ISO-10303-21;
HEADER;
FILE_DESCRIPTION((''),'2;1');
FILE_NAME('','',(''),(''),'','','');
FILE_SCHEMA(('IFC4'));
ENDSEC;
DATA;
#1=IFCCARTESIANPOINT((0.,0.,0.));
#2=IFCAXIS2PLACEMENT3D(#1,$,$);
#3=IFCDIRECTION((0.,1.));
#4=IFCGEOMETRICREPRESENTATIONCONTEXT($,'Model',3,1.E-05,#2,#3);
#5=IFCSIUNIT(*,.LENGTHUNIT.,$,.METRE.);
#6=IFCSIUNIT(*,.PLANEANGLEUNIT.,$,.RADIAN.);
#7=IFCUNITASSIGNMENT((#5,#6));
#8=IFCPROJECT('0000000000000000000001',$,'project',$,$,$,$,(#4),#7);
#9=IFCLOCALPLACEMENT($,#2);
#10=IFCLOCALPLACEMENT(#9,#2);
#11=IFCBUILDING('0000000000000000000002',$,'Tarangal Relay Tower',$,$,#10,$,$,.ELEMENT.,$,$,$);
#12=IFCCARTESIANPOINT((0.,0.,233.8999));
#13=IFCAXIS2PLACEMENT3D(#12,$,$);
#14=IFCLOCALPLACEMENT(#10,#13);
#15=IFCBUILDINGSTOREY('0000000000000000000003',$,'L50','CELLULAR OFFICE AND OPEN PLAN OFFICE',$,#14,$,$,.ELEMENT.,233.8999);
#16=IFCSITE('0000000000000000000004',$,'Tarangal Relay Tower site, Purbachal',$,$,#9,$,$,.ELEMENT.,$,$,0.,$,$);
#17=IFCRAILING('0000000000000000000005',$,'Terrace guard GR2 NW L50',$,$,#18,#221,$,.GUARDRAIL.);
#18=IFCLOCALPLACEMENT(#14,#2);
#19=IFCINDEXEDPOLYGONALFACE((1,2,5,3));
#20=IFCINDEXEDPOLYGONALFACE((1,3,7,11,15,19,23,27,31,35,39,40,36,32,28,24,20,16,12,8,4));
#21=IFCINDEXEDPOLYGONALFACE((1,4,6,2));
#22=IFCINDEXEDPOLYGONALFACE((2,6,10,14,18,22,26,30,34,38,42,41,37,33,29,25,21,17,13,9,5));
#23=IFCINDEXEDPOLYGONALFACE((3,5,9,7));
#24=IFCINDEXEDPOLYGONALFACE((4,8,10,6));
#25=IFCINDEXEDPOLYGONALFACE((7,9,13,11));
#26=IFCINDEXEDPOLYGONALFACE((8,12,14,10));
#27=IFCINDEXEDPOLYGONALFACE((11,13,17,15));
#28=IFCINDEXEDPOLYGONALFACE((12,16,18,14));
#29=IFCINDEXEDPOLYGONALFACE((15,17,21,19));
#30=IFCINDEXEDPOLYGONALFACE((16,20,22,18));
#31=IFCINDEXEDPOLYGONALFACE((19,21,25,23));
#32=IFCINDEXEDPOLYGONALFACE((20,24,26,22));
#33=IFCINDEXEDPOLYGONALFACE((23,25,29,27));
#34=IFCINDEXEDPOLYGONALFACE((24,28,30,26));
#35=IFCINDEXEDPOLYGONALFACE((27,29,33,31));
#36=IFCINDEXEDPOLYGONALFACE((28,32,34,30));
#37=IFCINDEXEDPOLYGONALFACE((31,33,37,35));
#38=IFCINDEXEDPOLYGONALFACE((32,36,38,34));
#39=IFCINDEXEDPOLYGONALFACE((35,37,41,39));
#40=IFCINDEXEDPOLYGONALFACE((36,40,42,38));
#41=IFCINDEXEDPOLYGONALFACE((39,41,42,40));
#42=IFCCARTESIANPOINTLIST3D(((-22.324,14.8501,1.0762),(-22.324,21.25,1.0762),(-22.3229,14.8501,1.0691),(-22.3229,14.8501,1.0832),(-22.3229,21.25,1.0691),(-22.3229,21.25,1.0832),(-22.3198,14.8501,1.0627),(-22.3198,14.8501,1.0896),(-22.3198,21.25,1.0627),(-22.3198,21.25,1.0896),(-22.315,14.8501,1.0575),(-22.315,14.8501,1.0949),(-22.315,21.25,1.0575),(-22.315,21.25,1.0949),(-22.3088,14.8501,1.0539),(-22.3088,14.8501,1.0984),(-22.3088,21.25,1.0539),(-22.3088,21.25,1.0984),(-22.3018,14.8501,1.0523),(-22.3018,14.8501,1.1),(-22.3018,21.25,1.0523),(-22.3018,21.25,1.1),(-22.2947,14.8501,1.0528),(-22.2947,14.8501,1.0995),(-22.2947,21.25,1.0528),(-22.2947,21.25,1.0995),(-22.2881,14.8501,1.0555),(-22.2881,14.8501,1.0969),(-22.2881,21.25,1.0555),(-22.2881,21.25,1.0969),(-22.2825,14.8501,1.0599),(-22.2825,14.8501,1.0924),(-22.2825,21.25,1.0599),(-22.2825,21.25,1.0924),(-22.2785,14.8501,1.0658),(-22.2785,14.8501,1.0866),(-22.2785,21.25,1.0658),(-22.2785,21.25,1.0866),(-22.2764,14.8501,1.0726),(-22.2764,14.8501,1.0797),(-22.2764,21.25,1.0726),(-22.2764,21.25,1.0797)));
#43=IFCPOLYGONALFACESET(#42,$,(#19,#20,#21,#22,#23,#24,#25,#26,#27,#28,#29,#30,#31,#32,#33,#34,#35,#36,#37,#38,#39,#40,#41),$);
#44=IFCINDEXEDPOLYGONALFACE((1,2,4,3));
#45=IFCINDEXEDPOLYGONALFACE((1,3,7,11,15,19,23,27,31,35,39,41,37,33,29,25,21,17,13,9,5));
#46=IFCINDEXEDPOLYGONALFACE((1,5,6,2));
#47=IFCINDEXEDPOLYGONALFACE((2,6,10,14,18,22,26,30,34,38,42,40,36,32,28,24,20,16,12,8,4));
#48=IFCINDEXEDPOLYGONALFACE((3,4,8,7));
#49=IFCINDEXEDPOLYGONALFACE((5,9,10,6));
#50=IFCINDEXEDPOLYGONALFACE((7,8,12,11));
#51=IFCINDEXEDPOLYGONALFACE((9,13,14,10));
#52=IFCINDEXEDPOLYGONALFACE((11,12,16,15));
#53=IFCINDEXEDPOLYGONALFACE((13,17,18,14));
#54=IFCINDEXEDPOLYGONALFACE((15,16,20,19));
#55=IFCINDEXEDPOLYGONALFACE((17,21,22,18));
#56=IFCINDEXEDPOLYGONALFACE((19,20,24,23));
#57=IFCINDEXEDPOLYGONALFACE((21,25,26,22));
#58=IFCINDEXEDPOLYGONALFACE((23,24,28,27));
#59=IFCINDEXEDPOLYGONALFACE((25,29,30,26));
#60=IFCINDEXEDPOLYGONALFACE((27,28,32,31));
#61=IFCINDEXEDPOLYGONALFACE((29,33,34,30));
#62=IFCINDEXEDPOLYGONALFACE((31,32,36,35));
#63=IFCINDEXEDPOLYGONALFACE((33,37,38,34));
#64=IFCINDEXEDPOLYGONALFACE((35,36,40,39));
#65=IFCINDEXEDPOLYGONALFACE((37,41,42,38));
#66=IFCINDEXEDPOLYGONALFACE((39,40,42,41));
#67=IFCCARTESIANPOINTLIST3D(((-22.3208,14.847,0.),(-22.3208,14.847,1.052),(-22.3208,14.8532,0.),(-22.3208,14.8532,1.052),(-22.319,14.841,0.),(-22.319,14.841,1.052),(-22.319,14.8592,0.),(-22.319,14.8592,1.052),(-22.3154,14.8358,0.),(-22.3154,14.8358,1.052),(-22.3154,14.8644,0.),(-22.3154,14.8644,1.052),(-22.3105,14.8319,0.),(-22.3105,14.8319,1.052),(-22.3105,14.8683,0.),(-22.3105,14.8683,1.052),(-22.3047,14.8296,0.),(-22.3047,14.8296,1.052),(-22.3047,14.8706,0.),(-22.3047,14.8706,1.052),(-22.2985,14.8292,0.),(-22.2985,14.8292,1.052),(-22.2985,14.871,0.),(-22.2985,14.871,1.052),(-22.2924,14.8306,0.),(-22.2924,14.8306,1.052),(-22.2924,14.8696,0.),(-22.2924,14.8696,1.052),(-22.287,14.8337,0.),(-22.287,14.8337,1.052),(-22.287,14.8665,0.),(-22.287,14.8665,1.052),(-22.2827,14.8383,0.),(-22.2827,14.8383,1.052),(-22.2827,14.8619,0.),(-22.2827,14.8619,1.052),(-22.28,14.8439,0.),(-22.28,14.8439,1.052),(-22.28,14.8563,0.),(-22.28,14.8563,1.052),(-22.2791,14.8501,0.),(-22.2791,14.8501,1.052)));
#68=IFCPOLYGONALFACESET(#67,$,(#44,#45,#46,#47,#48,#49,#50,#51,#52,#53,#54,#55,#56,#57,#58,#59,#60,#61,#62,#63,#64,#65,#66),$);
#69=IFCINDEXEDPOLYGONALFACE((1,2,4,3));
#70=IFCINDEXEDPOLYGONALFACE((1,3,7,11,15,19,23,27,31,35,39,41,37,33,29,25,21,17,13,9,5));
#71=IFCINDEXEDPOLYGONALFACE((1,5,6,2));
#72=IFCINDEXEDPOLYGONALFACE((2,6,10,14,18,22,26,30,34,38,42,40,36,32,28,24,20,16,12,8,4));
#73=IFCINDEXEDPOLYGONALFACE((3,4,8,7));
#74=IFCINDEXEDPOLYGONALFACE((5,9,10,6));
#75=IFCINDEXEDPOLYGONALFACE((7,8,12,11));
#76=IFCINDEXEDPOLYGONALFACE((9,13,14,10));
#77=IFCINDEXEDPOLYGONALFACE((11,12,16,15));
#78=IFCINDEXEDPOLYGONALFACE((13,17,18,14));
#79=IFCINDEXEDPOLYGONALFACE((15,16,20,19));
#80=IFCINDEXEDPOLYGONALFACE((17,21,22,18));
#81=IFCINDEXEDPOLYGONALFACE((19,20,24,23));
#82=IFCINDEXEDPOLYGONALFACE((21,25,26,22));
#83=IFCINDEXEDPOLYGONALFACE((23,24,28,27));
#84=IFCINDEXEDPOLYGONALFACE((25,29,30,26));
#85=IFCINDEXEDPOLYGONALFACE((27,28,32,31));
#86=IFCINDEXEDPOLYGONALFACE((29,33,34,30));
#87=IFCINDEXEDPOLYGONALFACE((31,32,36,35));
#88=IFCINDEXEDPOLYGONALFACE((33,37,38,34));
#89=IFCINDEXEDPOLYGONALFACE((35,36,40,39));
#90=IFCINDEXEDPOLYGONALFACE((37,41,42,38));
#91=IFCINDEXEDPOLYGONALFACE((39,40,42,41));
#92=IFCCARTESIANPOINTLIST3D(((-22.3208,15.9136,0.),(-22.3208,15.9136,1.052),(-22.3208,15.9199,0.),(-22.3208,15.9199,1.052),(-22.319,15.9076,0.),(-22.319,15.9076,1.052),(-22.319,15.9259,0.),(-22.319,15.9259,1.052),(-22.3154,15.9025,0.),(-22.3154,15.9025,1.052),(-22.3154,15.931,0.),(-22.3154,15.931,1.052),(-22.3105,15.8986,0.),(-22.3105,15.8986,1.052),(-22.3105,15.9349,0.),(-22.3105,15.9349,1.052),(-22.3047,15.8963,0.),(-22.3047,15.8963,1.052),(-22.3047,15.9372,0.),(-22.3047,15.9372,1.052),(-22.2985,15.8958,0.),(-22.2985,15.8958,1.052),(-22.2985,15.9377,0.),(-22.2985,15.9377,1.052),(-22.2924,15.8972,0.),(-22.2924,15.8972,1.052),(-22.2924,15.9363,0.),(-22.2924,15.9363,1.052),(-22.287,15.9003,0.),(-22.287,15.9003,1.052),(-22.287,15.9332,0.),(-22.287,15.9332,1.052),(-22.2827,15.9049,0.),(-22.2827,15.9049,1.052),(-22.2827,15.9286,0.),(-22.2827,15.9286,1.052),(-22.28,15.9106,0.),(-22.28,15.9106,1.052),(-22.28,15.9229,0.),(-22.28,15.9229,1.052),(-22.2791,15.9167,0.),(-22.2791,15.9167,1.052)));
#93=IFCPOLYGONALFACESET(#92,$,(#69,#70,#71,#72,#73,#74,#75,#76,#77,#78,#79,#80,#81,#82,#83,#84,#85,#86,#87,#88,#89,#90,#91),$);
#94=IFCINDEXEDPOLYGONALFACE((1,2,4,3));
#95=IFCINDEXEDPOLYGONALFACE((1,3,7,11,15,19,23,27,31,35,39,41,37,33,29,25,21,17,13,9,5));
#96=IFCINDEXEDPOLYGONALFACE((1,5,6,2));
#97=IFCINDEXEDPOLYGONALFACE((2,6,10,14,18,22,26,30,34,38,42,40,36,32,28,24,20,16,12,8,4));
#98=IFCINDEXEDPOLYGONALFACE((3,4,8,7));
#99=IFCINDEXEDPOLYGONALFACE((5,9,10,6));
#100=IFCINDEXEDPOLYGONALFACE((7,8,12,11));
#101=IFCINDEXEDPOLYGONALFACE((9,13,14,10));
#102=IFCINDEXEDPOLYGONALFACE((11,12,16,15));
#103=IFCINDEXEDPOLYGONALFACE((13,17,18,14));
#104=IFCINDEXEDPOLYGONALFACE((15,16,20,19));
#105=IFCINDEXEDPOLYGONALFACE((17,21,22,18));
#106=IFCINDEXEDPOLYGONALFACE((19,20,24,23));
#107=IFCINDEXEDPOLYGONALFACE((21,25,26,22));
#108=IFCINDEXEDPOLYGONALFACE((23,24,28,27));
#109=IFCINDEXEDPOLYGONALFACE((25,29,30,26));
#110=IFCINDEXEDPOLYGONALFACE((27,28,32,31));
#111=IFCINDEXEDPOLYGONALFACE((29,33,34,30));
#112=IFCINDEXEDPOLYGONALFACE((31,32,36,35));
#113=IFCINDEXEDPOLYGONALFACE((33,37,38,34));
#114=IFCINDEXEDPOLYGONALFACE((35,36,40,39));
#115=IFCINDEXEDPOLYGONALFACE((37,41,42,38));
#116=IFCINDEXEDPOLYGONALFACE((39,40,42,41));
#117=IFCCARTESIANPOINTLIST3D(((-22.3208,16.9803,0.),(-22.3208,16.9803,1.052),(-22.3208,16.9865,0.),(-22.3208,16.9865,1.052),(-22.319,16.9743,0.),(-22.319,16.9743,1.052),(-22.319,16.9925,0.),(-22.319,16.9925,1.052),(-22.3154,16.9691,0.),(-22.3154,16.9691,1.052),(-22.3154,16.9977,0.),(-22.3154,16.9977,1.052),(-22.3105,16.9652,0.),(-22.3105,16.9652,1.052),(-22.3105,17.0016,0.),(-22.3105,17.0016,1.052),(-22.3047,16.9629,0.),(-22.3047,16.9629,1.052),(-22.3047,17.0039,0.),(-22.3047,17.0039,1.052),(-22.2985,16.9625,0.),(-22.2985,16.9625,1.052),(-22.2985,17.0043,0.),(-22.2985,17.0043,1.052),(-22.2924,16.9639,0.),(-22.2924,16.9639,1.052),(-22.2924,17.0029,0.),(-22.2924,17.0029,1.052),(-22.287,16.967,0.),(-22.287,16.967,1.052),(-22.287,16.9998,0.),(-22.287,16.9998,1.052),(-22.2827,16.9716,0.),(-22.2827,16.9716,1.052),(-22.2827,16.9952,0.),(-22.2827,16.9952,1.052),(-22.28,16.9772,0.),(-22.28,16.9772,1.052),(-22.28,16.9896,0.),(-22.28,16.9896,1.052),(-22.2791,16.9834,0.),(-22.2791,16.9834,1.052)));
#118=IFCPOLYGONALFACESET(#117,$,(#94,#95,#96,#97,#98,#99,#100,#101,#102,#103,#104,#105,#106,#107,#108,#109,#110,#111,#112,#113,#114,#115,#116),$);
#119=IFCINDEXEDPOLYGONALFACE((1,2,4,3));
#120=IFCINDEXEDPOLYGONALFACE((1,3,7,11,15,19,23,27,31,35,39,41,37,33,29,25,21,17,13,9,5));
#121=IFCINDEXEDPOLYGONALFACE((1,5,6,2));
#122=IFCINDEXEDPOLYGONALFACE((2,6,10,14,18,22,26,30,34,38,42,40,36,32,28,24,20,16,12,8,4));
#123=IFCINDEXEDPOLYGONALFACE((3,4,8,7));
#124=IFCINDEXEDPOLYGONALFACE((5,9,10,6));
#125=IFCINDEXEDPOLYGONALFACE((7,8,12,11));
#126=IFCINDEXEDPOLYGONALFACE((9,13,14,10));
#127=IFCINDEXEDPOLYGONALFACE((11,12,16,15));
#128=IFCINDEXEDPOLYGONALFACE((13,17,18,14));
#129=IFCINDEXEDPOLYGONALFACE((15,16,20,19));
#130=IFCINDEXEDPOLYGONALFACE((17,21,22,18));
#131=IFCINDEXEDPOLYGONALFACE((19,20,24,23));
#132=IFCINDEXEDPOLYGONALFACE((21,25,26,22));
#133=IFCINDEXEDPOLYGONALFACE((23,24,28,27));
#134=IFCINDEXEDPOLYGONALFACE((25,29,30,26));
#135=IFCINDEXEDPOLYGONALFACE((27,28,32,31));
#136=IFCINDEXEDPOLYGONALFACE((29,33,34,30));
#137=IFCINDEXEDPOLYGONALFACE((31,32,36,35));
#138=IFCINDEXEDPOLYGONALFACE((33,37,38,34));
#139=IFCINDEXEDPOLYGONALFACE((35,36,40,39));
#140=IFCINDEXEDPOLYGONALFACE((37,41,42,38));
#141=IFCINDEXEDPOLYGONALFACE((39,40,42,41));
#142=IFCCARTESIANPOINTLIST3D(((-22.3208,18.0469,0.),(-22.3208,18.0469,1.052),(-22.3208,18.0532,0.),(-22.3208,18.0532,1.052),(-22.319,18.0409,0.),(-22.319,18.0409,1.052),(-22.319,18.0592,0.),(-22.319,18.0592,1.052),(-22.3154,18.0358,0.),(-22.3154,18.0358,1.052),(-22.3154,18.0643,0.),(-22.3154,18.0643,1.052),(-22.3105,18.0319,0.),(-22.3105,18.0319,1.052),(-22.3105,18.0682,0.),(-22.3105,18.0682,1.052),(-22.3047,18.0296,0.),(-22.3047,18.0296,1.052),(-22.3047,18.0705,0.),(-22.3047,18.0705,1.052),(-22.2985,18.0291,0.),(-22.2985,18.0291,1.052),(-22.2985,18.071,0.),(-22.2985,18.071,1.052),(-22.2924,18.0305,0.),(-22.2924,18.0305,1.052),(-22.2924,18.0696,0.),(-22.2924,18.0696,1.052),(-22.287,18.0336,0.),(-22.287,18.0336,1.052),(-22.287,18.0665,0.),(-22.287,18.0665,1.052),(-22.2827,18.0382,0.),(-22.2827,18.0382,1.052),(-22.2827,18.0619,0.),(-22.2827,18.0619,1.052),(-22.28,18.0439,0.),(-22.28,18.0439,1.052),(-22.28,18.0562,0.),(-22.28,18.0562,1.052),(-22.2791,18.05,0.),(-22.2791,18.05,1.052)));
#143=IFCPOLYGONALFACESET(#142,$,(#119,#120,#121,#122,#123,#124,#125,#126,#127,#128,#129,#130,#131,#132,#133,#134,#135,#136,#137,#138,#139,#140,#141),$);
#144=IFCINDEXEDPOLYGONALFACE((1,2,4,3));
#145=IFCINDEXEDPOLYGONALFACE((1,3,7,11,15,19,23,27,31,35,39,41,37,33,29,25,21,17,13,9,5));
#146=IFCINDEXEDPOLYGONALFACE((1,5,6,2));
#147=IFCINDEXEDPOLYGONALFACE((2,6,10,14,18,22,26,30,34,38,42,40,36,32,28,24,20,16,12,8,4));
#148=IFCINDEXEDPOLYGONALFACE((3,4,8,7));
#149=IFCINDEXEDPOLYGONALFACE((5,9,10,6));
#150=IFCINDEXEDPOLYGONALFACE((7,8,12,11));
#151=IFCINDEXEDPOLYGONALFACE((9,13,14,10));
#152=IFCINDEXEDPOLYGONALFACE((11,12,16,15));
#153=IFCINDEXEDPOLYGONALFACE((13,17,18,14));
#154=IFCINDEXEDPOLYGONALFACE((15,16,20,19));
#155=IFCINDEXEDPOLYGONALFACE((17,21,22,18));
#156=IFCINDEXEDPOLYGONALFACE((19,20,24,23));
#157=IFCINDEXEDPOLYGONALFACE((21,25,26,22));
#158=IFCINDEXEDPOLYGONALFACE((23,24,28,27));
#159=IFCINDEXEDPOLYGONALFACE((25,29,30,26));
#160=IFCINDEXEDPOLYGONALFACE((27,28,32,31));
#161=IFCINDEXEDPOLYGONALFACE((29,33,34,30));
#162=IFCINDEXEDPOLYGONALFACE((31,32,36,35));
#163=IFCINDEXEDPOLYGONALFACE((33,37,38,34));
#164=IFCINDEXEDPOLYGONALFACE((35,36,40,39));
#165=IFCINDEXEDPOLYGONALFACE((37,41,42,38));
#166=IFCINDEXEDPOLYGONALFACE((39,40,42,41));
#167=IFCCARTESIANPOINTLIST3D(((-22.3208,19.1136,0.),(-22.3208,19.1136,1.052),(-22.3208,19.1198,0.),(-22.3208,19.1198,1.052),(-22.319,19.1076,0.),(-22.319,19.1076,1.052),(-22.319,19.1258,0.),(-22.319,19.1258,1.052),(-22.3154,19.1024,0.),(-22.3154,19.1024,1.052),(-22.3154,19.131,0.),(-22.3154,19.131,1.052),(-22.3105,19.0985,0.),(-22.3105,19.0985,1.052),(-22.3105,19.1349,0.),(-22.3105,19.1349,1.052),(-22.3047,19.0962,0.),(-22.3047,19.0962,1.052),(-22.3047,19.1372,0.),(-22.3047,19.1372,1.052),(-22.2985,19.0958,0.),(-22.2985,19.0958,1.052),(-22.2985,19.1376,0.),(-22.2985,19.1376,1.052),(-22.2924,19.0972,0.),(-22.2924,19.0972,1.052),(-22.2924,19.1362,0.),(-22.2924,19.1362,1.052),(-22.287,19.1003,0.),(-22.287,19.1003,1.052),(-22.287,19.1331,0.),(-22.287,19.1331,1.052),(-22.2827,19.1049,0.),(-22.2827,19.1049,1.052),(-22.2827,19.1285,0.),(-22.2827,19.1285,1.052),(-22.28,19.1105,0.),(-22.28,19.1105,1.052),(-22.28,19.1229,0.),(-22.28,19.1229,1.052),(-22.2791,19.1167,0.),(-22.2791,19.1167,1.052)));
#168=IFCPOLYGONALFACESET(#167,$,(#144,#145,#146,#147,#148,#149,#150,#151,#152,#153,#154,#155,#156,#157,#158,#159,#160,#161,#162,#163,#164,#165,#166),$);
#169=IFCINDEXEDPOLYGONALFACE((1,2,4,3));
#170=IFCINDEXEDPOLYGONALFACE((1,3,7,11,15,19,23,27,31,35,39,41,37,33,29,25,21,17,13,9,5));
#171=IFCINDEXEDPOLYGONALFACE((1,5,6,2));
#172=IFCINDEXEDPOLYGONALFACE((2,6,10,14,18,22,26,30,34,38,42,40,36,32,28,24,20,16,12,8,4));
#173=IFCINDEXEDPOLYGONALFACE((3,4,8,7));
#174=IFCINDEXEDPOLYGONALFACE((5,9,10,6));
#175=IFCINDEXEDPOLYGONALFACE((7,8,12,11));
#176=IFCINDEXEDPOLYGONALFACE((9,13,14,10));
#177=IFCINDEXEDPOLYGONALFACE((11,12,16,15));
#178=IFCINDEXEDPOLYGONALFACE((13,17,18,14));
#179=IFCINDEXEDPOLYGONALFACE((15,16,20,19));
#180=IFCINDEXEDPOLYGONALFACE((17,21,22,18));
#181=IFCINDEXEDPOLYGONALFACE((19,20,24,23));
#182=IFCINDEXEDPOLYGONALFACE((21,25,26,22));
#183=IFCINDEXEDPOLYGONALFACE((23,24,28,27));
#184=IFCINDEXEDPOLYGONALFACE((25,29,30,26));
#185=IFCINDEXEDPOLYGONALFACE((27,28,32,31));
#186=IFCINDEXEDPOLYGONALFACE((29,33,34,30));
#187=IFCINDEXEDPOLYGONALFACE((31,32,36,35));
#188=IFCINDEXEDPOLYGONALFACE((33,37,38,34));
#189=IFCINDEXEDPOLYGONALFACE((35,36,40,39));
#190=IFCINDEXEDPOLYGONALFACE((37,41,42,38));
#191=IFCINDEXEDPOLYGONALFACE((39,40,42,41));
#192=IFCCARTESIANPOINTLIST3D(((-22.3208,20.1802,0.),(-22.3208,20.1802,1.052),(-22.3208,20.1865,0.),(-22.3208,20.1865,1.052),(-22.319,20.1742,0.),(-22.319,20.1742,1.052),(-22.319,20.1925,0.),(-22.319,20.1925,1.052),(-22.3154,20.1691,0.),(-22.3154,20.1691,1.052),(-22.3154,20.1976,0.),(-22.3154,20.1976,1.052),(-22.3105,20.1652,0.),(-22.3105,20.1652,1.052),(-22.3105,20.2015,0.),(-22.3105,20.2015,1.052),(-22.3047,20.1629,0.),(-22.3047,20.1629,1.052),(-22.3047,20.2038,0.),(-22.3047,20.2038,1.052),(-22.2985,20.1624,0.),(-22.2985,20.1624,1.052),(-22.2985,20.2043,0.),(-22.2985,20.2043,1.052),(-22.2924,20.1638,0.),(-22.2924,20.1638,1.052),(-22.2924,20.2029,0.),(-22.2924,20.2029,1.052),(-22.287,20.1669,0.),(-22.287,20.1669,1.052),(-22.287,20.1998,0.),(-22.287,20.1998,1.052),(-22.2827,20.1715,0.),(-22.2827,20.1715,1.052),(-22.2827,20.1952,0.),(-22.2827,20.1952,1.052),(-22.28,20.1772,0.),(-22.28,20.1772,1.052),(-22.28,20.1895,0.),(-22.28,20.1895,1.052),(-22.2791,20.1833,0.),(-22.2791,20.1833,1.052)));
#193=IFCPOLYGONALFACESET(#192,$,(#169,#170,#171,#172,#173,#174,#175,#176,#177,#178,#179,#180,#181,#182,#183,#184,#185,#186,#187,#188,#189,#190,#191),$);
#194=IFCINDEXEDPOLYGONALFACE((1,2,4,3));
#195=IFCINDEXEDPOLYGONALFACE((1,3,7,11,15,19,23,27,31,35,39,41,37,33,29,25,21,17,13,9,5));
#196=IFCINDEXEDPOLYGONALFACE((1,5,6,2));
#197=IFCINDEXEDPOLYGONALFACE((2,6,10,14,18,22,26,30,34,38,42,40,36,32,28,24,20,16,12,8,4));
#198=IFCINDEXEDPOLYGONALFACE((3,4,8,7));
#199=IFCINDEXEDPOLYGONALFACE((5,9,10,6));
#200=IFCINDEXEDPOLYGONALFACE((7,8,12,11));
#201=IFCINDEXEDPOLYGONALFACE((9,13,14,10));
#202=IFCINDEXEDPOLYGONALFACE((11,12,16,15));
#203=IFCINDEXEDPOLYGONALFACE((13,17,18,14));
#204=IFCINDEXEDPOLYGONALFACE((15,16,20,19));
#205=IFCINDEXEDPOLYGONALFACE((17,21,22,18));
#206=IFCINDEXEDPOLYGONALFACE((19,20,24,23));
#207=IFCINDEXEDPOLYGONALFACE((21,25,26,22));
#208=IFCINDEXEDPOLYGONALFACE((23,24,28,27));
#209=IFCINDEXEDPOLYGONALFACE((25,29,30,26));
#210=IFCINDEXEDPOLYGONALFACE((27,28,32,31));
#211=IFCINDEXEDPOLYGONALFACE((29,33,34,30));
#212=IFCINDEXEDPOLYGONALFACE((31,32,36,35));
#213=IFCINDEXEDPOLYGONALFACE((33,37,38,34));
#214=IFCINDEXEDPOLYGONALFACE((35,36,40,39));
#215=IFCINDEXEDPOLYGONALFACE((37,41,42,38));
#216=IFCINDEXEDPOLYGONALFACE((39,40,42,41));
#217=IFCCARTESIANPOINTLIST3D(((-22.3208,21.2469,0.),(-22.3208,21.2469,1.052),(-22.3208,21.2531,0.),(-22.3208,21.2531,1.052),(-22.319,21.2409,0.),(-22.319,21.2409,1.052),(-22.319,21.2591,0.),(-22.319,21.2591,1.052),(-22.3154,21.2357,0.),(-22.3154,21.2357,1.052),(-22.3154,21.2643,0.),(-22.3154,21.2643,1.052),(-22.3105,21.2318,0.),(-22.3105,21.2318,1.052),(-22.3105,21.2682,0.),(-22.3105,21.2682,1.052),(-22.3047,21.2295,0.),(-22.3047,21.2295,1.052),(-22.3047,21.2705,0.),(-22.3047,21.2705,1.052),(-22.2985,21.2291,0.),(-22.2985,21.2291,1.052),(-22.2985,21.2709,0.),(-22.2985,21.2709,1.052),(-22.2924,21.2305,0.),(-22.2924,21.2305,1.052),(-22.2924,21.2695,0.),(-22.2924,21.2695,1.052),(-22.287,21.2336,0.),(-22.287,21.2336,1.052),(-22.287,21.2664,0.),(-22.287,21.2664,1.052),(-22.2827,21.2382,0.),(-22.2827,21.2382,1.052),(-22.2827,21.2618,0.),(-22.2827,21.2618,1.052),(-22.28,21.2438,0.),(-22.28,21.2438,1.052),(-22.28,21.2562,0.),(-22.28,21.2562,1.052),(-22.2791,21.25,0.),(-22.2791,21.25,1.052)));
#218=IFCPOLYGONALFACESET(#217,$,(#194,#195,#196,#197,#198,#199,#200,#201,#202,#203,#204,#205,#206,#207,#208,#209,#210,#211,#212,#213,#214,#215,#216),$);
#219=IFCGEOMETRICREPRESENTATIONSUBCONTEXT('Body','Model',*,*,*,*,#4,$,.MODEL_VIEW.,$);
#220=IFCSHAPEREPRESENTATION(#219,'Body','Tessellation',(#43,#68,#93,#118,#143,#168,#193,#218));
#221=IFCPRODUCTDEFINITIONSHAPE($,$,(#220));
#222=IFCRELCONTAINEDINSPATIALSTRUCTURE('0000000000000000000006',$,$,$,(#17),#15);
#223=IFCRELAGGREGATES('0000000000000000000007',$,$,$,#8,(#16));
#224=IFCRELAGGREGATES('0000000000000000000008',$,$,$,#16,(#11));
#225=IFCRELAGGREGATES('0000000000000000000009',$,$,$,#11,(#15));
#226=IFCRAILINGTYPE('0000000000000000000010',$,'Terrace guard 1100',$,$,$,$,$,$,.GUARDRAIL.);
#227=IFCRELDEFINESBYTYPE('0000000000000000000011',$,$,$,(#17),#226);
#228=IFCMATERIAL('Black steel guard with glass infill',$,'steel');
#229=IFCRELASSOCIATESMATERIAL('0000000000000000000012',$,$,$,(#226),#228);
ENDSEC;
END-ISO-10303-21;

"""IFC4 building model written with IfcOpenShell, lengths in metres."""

from ifc_helpers import new_model, si_unit, direction, frame, origin, origin_2d, place, context, subcontext, project, spatial, circle, extrude, material, type_object, element, save


model = new_model("IFC4")

# Units and contexts
model_context = context("Model", 3, precision=1e-05, world=origin(), true_north=direction((0.0, 1.0)))
body_context = subcontext(model_context, "Body", "Model", "MODEL_VIEW")
ifc_project = project(units=[si_unit("LENGTHUNIT", "METRE"), si_unit("PLANEANGLEUNIT", "RADIAN")], contexts=[model_context])

# Site, building, storey
site_placement = place(None, origin())
site = spatial("IfcSite", under=ifc_project, at=site_placement, Name="Tarangal Relay Tower site, Purbachal", CompositionType="ELEMENT", RefElevation=0.0)
building_placement = place(site_placement, origin())
building = spatial("IfcBuilding", under=site, at=building_placement, Name="Tarangal Relay Tower", CompositionType="ELEMENT")
storey_placement = place(building_placement, frame((0.0, 0.0, 233.8999)))
storey = spatial("IfcBuildingStorey", under=building, at=storey_placement, Name="L50", Description="CELLULAR OFFICE AND OPEN PLAN OFFICE", CompositionType="ELEMENT", Elevation=233.8999)

# Railing
ifc_material_1 = material(Name="Black steel guard with glass infill", Category="steel")
railing_type = type_object("IfcRailingType", Name="Terrace guard 1100", PredefinedType="GUARDRAIL", material=ifc_material_1)
railing_1_placement = place(storey_placement, frame((-22.3, 14.8501, 0.0)))
element("IfcRailing", 1, at=railing_1_placement, inside=storey, type_object=railing_type, Name="Terrace guard GR2 NW L50", PredefinedType="GUARDRAIL", context=body_context, shape_type="SweptSolid", body=[
    extrude(circle(Radius=0.0239, at=origin_2d()), frame((0.0, 0.0, 1.0762), z_axis=(0.0, 1.0, 0.0), x_axis=(-1.0, 0.0, 0.0)), (0.0, 0.0, 1.0), 6.3999),
    extrude(circle(Radius=0.021, at=origin_2d()), origin(), (0.0, 0.0, 1.0), 1.052),
    extrude(circle(Radius=0.021, at=origin_2d()), frame((0.0, 1.0667, 0.0)), (0.0, 0.0, 1.0), 1.052),
    extrude(circle(Radius=0.021, at=origin_2d()), frame((0.0, 2.1333, 0.0)), (0.0, 0.0, 1.0), 1.052),
    extrude(circle(Radius=0.021, at=origin_2d()), frame((0.0, 3.2, 0.0)), (0.0, 0.0, 1.0), 1.052),
    extrude(circle(Radius=0.021, at=origin_2d()), frame((0.0, 4.2666, 0.0)), (0.0, 0.0, 1.0), 1.052),
    extrude(circle(Radius=0.021, at=origin_2d()), frame((0.0, 5.3333, 0.0)), (0.0, 0.0, 1.0), 1.052),
    extrude(circle(Radius=0.021, at=origin_2d()), frame((0.0, 6.3999, 0.0)), (0.0, 0.0, 1.0), 1.052),
])

save(model, "model.ifc")
